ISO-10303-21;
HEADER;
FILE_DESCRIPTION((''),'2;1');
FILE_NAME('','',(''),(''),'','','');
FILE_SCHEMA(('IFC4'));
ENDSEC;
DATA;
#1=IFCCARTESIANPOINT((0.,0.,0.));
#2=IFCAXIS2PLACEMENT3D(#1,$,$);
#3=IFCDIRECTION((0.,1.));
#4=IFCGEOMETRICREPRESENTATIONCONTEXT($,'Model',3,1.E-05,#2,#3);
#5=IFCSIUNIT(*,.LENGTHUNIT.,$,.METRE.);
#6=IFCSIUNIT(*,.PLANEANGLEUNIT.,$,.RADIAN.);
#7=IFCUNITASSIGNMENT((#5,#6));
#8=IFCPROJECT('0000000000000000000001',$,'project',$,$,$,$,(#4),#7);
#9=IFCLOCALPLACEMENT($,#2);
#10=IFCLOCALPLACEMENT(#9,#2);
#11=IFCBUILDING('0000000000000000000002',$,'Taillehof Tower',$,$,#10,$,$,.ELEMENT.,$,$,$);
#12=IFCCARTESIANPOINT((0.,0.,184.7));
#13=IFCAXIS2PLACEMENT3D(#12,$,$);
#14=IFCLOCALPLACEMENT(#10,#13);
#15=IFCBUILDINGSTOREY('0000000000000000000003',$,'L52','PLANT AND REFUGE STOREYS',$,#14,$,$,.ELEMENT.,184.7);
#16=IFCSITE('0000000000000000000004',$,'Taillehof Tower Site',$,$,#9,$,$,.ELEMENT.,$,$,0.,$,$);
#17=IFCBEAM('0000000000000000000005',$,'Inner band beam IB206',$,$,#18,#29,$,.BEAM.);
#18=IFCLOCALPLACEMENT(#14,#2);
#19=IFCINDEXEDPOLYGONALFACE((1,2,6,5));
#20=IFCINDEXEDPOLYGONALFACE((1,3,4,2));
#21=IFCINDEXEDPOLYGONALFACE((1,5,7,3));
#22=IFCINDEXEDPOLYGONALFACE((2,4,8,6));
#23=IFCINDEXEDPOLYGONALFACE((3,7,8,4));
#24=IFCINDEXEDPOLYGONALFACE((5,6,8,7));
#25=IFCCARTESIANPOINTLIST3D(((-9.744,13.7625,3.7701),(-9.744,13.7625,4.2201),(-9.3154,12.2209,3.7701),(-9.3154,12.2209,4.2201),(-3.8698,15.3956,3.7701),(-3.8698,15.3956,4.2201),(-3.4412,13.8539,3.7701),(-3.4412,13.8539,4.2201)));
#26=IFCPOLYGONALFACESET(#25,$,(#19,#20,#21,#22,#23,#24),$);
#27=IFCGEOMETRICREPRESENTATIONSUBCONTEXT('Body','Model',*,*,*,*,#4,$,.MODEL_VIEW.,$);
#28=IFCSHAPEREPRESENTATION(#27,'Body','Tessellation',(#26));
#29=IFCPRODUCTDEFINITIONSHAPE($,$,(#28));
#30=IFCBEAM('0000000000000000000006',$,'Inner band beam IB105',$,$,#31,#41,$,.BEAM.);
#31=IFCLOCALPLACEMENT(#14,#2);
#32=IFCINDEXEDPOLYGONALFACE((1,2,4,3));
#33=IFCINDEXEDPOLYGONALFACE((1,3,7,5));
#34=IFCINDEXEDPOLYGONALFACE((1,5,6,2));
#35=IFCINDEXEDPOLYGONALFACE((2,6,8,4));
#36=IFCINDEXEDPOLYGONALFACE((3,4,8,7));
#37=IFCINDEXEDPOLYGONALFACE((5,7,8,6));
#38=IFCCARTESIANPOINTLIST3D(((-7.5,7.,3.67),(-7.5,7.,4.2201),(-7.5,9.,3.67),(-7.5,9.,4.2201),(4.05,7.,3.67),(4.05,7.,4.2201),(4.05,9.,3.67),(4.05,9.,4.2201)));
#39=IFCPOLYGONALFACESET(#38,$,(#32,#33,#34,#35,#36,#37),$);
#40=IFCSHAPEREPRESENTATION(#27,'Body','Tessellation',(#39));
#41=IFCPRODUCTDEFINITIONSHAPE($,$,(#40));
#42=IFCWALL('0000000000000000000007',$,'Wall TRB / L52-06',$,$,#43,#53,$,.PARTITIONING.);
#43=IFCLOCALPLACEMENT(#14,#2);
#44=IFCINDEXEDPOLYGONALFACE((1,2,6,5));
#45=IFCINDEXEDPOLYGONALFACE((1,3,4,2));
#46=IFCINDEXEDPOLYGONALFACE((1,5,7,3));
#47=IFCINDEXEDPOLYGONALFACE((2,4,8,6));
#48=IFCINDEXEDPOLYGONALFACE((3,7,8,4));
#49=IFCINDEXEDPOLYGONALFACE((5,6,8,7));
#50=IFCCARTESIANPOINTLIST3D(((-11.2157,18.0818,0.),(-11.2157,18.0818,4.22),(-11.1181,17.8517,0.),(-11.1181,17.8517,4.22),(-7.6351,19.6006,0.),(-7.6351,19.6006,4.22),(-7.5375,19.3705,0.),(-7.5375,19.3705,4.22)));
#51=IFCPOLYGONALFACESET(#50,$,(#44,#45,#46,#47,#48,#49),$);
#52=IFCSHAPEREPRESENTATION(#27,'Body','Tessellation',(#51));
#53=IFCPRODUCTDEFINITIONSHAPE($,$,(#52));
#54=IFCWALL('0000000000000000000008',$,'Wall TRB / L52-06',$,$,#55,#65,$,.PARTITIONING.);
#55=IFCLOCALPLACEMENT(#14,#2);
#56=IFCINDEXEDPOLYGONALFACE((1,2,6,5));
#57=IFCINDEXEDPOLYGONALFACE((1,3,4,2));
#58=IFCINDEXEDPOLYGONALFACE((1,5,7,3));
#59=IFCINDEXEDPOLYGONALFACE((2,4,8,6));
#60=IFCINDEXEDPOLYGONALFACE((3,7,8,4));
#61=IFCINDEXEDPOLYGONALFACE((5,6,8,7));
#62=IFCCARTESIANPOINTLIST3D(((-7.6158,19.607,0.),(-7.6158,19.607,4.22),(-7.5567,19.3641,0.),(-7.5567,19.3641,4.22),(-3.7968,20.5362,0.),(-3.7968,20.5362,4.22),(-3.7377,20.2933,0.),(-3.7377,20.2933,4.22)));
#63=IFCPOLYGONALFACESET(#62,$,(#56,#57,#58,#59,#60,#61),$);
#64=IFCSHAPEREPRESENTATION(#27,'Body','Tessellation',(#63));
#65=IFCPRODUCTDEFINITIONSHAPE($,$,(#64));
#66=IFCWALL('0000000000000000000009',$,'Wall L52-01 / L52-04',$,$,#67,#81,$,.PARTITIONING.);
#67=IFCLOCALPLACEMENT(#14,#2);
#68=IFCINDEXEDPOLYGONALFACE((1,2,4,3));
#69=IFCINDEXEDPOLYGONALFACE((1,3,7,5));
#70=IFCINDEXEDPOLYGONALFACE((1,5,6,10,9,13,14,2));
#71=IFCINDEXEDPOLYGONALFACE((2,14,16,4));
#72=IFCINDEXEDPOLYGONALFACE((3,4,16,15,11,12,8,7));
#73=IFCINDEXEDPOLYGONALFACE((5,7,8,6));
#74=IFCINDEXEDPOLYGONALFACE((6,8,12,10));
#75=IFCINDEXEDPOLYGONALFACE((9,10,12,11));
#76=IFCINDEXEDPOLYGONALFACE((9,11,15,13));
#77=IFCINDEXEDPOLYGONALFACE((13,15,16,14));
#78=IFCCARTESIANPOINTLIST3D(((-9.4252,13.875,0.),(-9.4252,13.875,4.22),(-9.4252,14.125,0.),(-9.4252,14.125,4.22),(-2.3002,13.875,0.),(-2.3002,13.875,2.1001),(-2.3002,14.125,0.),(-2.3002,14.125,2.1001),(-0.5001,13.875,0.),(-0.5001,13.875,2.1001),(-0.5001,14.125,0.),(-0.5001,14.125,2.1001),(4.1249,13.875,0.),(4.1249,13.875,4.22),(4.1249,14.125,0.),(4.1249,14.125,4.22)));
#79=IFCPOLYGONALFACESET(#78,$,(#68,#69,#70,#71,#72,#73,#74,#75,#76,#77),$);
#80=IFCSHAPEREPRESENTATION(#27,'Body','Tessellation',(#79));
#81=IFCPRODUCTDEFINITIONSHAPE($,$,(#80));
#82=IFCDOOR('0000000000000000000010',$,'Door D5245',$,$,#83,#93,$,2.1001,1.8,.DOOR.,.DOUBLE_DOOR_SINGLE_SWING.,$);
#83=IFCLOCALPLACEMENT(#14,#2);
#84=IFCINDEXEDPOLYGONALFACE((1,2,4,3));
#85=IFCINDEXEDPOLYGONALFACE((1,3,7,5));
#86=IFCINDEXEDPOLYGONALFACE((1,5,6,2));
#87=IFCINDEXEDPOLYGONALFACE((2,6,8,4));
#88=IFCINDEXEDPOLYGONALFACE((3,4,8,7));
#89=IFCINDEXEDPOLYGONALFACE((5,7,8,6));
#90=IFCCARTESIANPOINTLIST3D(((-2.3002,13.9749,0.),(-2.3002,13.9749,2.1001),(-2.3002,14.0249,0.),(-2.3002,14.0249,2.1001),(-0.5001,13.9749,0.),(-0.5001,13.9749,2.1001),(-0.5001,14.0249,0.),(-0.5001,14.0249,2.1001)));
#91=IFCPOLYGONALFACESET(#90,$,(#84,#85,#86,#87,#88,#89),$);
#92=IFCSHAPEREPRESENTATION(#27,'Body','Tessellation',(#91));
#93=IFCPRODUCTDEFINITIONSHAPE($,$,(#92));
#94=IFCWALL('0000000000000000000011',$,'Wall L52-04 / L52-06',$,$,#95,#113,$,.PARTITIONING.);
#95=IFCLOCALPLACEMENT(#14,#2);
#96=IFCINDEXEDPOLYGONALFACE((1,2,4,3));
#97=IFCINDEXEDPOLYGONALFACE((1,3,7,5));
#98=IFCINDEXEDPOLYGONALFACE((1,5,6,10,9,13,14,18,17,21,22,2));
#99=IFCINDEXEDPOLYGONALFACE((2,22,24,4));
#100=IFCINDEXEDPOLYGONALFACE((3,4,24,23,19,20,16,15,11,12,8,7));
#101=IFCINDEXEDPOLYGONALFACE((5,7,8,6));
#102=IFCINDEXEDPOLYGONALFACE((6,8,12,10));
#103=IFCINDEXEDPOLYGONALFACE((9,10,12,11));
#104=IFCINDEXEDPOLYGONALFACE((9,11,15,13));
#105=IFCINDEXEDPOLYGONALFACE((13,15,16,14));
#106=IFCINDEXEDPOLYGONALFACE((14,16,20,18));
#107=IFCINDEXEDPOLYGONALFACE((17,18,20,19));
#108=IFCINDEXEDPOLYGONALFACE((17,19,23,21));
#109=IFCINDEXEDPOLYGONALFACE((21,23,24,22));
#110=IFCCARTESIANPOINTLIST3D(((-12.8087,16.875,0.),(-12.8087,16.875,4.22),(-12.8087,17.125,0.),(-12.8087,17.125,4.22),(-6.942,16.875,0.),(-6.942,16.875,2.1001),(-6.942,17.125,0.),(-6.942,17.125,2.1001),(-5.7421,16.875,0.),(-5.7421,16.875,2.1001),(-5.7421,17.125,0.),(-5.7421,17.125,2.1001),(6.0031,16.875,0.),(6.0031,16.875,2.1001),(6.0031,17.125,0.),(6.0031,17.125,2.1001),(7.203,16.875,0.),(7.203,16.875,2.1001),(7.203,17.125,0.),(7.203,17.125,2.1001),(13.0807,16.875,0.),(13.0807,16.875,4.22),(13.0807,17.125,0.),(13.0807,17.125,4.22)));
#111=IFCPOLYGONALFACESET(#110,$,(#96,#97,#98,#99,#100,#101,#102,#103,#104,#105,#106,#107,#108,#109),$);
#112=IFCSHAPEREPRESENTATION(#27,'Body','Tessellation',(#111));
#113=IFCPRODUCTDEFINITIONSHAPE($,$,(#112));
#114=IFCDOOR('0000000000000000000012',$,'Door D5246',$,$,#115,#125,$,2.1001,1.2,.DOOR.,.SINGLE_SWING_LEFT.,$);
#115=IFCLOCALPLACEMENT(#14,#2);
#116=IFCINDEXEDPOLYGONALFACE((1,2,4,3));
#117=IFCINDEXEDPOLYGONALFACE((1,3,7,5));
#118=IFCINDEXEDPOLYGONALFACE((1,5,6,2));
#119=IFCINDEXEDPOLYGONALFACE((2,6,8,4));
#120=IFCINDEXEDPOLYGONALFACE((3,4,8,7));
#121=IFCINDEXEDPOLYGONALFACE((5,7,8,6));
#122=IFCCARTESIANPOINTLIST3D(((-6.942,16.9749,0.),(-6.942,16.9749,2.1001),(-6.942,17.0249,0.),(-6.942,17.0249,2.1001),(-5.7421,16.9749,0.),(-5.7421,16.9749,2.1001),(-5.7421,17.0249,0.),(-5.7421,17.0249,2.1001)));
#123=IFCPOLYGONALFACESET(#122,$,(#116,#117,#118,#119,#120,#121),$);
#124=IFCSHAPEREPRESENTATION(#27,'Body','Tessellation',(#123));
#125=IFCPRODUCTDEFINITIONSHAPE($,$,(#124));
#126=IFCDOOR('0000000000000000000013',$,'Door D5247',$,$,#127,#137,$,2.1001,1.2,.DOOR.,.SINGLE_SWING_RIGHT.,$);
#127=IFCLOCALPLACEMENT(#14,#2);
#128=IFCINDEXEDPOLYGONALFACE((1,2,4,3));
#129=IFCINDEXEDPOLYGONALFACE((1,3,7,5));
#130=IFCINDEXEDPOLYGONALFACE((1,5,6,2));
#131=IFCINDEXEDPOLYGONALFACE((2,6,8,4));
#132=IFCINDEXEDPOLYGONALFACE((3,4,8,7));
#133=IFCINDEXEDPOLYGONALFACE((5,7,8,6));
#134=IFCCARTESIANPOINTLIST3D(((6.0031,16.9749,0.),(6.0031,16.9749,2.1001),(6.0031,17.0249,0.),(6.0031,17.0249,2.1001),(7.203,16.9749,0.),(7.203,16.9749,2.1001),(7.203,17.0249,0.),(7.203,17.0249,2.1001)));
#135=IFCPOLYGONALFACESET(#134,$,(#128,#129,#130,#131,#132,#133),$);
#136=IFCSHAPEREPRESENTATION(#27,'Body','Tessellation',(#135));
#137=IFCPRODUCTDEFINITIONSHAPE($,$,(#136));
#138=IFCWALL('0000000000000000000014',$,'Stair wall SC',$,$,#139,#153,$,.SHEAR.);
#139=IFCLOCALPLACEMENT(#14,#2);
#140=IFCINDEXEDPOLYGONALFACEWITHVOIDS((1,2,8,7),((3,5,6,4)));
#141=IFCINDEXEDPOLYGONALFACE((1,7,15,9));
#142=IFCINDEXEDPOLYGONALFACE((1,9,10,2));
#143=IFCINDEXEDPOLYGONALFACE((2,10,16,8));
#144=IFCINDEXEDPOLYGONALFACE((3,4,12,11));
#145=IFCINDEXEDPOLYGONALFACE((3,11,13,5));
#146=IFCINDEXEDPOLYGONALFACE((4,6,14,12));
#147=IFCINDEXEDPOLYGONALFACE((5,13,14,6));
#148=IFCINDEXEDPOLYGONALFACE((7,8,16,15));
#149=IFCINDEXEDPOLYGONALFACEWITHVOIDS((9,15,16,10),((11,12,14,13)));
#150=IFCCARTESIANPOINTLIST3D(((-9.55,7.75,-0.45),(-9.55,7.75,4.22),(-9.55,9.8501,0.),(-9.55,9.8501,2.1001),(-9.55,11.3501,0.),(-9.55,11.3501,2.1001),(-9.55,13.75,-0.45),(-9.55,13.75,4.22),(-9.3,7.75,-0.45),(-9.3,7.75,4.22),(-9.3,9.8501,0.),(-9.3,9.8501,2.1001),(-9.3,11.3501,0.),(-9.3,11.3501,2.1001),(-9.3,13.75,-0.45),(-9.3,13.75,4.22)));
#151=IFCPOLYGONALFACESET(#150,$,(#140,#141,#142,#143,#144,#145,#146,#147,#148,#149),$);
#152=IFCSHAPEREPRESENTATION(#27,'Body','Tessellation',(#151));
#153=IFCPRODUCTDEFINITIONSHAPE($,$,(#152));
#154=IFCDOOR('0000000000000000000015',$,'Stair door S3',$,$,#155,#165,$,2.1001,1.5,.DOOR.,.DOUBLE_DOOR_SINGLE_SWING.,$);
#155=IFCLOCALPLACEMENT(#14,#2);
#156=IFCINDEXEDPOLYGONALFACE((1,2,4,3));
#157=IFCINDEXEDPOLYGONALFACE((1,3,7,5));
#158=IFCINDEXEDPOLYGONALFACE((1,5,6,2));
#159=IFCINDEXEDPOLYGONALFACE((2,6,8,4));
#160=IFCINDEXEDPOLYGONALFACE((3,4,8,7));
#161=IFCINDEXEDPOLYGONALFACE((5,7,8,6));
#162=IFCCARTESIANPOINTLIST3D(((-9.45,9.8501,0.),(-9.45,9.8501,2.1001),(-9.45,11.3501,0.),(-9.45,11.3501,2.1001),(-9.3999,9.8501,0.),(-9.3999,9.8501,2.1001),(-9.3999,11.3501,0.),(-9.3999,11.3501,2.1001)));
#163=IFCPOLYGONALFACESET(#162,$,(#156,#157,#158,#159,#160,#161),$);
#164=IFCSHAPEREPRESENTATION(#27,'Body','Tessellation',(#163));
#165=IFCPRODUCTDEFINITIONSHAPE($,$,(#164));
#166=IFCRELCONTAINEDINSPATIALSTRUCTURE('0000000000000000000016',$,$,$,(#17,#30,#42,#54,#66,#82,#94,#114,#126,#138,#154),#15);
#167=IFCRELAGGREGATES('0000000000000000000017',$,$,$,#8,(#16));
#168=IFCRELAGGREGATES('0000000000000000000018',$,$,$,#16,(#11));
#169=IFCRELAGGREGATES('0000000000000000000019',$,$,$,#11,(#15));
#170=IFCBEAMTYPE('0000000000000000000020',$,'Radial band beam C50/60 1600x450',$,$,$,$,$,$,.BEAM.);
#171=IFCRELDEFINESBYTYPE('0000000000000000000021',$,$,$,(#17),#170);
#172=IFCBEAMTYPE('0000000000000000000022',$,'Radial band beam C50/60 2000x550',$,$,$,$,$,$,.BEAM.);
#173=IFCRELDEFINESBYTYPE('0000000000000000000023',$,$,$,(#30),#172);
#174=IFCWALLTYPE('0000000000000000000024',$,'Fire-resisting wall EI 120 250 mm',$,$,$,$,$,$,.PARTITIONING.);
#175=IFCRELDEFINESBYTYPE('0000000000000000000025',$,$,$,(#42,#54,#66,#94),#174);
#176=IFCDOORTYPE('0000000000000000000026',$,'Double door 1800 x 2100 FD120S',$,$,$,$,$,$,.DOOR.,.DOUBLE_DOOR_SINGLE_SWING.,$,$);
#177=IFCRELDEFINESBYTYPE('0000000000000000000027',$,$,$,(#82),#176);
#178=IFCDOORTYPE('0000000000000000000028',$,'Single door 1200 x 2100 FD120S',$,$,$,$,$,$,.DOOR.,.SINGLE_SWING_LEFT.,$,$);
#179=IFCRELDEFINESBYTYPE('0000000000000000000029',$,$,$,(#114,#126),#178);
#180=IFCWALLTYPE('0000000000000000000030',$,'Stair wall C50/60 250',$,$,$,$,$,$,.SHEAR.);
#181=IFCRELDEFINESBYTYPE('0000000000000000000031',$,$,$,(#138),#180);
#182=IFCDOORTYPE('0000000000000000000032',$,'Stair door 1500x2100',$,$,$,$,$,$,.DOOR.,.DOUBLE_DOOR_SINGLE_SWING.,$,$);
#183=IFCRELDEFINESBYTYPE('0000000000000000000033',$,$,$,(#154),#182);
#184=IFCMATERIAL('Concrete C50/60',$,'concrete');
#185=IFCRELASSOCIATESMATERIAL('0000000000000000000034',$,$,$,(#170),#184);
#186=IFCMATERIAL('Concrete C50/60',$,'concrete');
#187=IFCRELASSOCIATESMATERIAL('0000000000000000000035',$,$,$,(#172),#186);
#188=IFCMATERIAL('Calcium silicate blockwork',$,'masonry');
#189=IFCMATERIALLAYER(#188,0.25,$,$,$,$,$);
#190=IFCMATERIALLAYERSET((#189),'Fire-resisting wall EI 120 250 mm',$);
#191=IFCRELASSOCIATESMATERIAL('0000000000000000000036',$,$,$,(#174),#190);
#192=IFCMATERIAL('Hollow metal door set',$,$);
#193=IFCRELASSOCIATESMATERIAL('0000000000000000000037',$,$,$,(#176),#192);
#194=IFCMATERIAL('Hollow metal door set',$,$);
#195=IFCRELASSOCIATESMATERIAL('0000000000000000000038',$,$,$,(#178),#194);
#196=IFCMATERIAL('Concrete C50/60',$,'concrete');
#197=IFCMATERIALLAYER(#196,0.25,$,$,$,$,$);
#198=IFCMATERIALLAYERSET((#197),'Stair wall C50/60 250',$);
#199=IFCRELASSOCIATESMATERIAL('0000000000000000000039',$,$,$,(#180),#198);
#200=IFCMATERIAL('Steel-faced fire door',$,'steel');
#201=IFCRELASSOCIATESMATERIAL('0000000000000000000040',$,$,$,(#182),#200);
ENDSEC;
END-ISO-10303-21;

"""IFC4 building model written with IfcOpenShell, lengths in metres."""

from ifc_helpers import new_model, si_unit, direction, frame, frame_2d, origin, origin_2d, place, context, subcontext, project, spatial, rectangle, extrude, material, layer, layer_set, material_profile, profile_set, type_object, element, fill, save


model = new_model("IFC4")

# Units and contexts
model_context = context("Model", 3, precision=1e-05, world=origin(), true_north=direction((0.0, 1.0)))
body_context = subcontext(model_context, "Body", "Model", "MODEL_VIEW")
ifc_project = project(units=[si_unit("LENGTHUNIT", "METRE"), si_unit("PLANEANGLEUNIT", "RADIAN")], contexts=[model_context])

# Site, building, storey
site_placement = place(None, origin())
site = spatial("IfcSite", under=ifc_project, at=site_placement, Name="Taillehof Tower Site", CompositionType="ELEMENT", RefElevation=0.0)
building_placement = place(site_placement, origin())
building = spatial("IfcBuilding", under=site, at=building_placement, Name="Taillehof Tower", CompositionType="ELEMENT")
storey_placement = place(building_placement, frame((0.0, 0.0, 184.7)))
storey = spatial("IfcBuildingStorey", under=building, at=storey_placement, Name="L52", Description="PLANT AND REFUGE STOREYS", CompositionType="ELEMENT", Elevation=184.7)

# Beams
ifc_material_1 = material(Name="Concrete C50/60", Category="concrete")
ifc_material_profile_1 = material_profile(ifc_material_1, rectangle(XDim=1.6001, YDim=0.45, at=origin_2d()), Name="RC 1600x450")
ifc_profile_set_1 = profile_set([ifc_material_profile_1], Name="Concrete C50/60")
beam_type_1 = type_object("IfcBeamType", Name="Radial band beam C50/60 1600x450", PredefinedType="BEAM", material=ifc_profile_set_1)
beam_1_placement = place(storey_placement, frame((-3.6555, 14.6248, 3.9951), z_axis=(-0.963459, -0.267855, 0.0), x_axis=(0.267855, -0.963459, 0.0)))
element("IfcBeam", 1, at=beam_1_placement, inside=storey, type_object=beam_type_1, Name="Inner band beam IB206", PredefinedType="BEAM", context=body_context, shape_type="SweptSolid", body=[
    extrude(rectangle(XDim=1.6001, YDim=0.45, at=origin_2d()), origin(), (0.0, 0.0, 1.0), 6.0969),
])
ifc_material_2 = material(Name="Concrete C50/60", Category="concrete")
ifc_material_profile_2 = material_profile(ifc_material_2, rectangle(XDim=2.0, YDim=0.55, at=origin_2d()), Name="RC 2000x550")
ifc_profile_set_2 = profile_set([ifc_material_profile_2], Name="Concrete C50/60")
beam_type_2 = type_object("IfcBeamType", Name="Radial band beam C50/60 2000x550", PredefinedType="BEAM", material=ifc_profile_set_2)
beam_2_placement = place(storey_placement, frame((-7.5, 8.0, 3.9451), z_axis=(1.0, 0.0, 0.0), x_axis=(0.0, 1.0, 0.0)))
element("IfcBeam", 2, at=beam_2_placement, inside=storey, type_object=beam_type_2, Name="Inner band beam IB105", PredefinedType="BEAM", context=body_context, shape_type="SweptSolid", body=[
    extrude(rectangle(XDim=2.0, YDim=0.55, at=origin_2d()), origin(), (0.0, 0.0, 1.0), 11.55),
])

# Walls
ifc_material_3 = material(Name="Calcium silicate blockwork", Category="masonry")
ifc_layer_1 = layer(ifc_material_3, 0.25)
ifc_layer_set_1 = layer_set([ifc_layer_1], Name="Fire-resisting wall EI 120 250 mm")
wall_type_1 = type_object("IfcWallType", Name="Fire-resisting wall EI 120 250 mm", PredefinedType="PARTITIONING", material=ifc_layer_set_1)
wall_1_placement = place(storey_placement, frame((-7.5862, 19.4856, 0.0), z_axis=(0.0, 0.0, 1.0), x_axis=(-0.920603, -0.3905, 0.0)))
element("IfcWall", 3, at=wall_1_placement, inside=storey, type_object=wall_type_1, Name="Wall TRB / L52-06", PredefinedType="PARTITIONING", context=body_context, shape_type="SweptSolid", body=[
    extrude(rectangle(XDim=3.8894, YDim=0.25, at=frame_2d((1.9448, 0.0))), origin(), (0.0, 0.0, 1.0), 4.22),
])
wall_2_placement = place(storey_placement, frame((-3.7671, 20.4148, 0.0), z_axis=(0.0, 0.0, 1.0), x_axis=(-0.971654, -0.236407, 0.0)))
element("IfcWall", 4, at=wall_2_placement, inside=storey, type_object=wall_type_1, Name="Wall TRB / L52-06", PredefinedType="PARTITIONING", context=body_context, shape_type="SweptSolid", body=[
    extrude(rectangle(XDim=3.9304, YDim=0.25, at=frame_2d((1.9653, 0.0))), origin(), (0.0, 0.0, 1.0), 4.22),
])

# Wall, opening, door
wall_3_placement = place(storey_placement, frame((-9.425, 14.0, 0.0), z_axis=(0.0, 0.0, 1.0), x_axis=(1.0, 0.0, 0.0)))
wall_3 = element("IfcWall", 5, at=wall_3_placement, inside=storey, type_object=wall_type_1, Name="Wall L52-01 / L52-04", PredefinedType="PARTITIONING", context=body_context, shape_type="SweptSolid", body=[
    extrude(rectangle(XDim=13.55, YDim=0.25, at=frame_2d((6.7749, 0.0))), origin(), (0.0, 0.0, 1.0), 4.22),
])
opening_1_placement = place(wall_3_placement, frame((7.125, 0.0, 0.0)))
opening_1 = element("IfcOpeningElement", 6, at=opening_1_placement, cuts=wall_3, PredefinedType="OPENING", context=body_context, shape_type="SweptSolid", body=[
    extrude(rectangle(XDim=1.8, YDim=2.1001, at=frame_2d((0.8999, 1.05))), frame((0.0, 0.135, 0.0), z_axis=(0.0, -1.0, 0.0), x_axis=(1.0, 0.0, 0.0)), (0.0, 0.0, 1.0), 0.27),
])
ifc_material_4 = material(Name="Hollow metal door set")
door_type_1 = type_object("IfcDoorType", Name="Double door 1800 x 2100 FD120S", OperationType="DOUBLE_DOOR_SINGLE_SWING", PredefinedType="DOOR", material=ifc_material_4)
door_1_placement = place(opening_1_placement, origin())
door_1 = element("IfcDoor", 7, at=door_1_placement, inside=storey, type_object=door_type_1, Name="Door D5245", OperationType="DOUBLE_DOOR_SINGLE_SWING", OverallHeight=2.1001, OverallWidth=1.8, PredefinedType="DOOR", context=body_context, shape_type="SweptSolid", body=[
    extrude(rectangle(XDim=1.8, YDim=2.1001, at=frame_2d((0.8999, 1.05))), frame((0.0, 0.0249, 0.0), z_axis=(0.0, -1.0, 0.0), x_axis=(1.0, 0.0, 0.0)), (0.0, 0.0, 1.0), 0.05),
])
fill(opening_1, door_1)

# Wall, openings, doors
wall_4_placement = place(storey_placement, frame((-12.8088, 17.0, 0.0), z_axis=(0.0, 0.0, 1.0), x_axis=(1.0, 0.0, 0.0)))
wall_4 = element("IfcWall", 8, at=wall_4_placement, inside=storey, type_object=wall_type_1, Name="Wall L52-04 / L52-06", PredefinedType="PARTITIONING", context=body_context, shape_type="SweptSolid", body=[
    extrude(rectangle(XDim=25.8894, YDim=0.25, at=frame_2d((12.9448, 0.0))), origin(), (0.0, 0.0, 1.0), 4.22),
])
opening_2_placement = place(wall_4_placement, frame((5.8667, 0.0, 0.0)))
opening_2 = element("IfcOpeningElement", 9, at=opening_2_placement, cuts=wall_4, PredefinedType="OPENING", context=body_context, shape_type="SweptSolid", body=[
    extrude(rectangle(XDim=1.2, YDim=2.1001, at=frame_2d((0.6001, 1.05))), frame((0.0, 0.135, 0.0), z_axis=(0.0, -1.0, 0.0), x_axis=(1.0, 0.0, 0.0)), (0.0, 0.0, 1.0), 0.27),
])
opening_3_placement = place(wall_4_placement, frame((18.8118, 0.0, 0.0)))
opening_3 = element("IfcOpeningElement", 10, at=opening_3_placement, cuts=wall_4, PredefinedType="OPENING", context=body_context, shape_type="SweptSolid", body=[
    extrude(rectangle(XDim=1.2, YDim=2.1001, at=frame_2d((0.6001, 1.05))), frame((0.0, 0.135, 0.0), z_axis=(0.0, -1.0, 0.0), x_axis=(1.0, 0.0, 0.0)), (0.0, 0.0, 1.0), 0.27),
])
ifc_material_5 = material(Name="Hollow metal door set")
door_type_2 = type_object("IfcDoorType", Name="Single door 1200 x 2100 FD120S", OperationType="SINGLE_SWING_LEFT", PredefinedType="DOOR", material=ifc_material_5)
door_2_placement = place(opening_2_placement, origin())
door_2 = element("IfcDoor", 11, at=door_2_placement, inside=storey, type_object=door_type_2, Name="Door D5246", OperationType="SINGLE_SWING_LEFT", OverallHeight=2.1001, OverallWidth=1.2, PredefinedType="DOOR", context=body_context, shape_type="SweptSolid", body=[
    extrude(rectangle(XDim=1.2, YDim=2.1001, at=frame_2d((0.6001, 1.05))), frame((0.0, 0.0249, 0.0), z_axis=(0.0, -1.0, 0.0), x_axis=(1.0, 0.0, 0.0)), (0.0, 0.0, 1.0), 0.05),
])
fill(opening_2, door_2)
door_3_placement = place(opening_3_placement, origin())
door_3 = element("IfcDoor", 12, at=door_3_placement, inside=storey, type_object=door_type_2, Name="Door D5247", OperationType="SINGLE_SWING_RIGHT", OverallHeight=2.1001, OverallWidth=1.2, PredefinedType="DOOR", context=body_context, shape_type="SweptSolid", body=[
    extrude(rectangle(XDim=1.2, YDim=2.1001, at=frame_2d((0.6001, 1.05))), frame((0.0, 0.0249, 0.0), z_axis=(0.0, -1.0, 0.0), x_axis=(1.0, 0.0, 0.0)), (0.0, 0.0, 1.0), 0.05),
])
fill(opening_3, door_3)

# Wall, opening, door
ifc_material_6 = material(Name="Concrete C50/60", Category="concrete")
ifc_layer_2 = layer(ifc_material_6, 0.25)
ifc_layer_set_2 = layer_set([ifc_layer_2], Name="Stair wall C50/60 250")
wall_type_2 = type_object("IfcWallType", Name="Stair wall C50/60 250", PredefinedType="SHEAR", material=ifc_layer_set_2)
wall_5_placement = place(storey_placement, frame((-9.425, 7.75, -0.45), z_axis=(0.0, 0.0, 1.0), x_axis=(0.0, 1.0, 0.0)))
wall_5 = element("IfcWall", 13, at=wall_5_placement, inside=storey, type_object=wall_type_2, Name="Stair wall SC", PredefinedType="SHEAR", context=body_context, shape_type="SweptSolid", body=[
    extrude(rectangle(XDim=6.0, YDim=0.25, at=frame_2d((3.0, 0.0))), origin(), (0.0, 0.0, 1.0), 4.6699),
])
opening_4_placement = place(wall_5_placement, frame((2.1001, 0.0, 0.45)))
opening_4 = element("IfcOpeningElement", 14, at=opening_4_placement, cuts=wall_5, PredefinedType="OPENING", context=body_context, shape_type="SweptSolid", body=[
    extrude(rectangle(XDim=1.5, YDim=2.1001, at=frame_2d((0.75, 1.05))), frame((0.0, 0.135, 0.0), z_axis=(0.0, -1.0, 0.0), x_axis=(1.0, 0.0, 0.0)), (0.0, 0.0, 1.0), 0.27),
])
ifc_material_7 = material(Name="Steel-faced fire door", Category="steel")
door_type_3 = type_object("IfcDoorType", Name="Stair door 1500x2100", OperationType="DOUBLE_DOOR_SINGLE_SWING", PredefinedType="DOOR", material=ifc_material_7)
door_4_placement = place(opening_4_placement, origin())
door_4 = element("IfcDoor", 15, at=door_4_placement, inside=storey, type_object=door_type_3, Name="Stair door S3", OperationType="DOUBLE_DOOR_SINGLE_SWING", OverallHeight=2.1001, OverallWidth=1.5, PredefinedType="DOOR", context=body_context, shape_type="SweptSolid", body=[
    extrude(rectangle(XDim=1.5, YDim=2.1001, at=frame_2d((0.75, 1.05))), frame((0.0, 0.0249, 0.0), z_axis=(0.0, -1.0, 0.0), x_axis=(1.0, 0.0, 0.0)), (0.0, 0.0, 1.0), 0.05),
])
fill(opening_4, door_4)

save(model, "model.ifc")
